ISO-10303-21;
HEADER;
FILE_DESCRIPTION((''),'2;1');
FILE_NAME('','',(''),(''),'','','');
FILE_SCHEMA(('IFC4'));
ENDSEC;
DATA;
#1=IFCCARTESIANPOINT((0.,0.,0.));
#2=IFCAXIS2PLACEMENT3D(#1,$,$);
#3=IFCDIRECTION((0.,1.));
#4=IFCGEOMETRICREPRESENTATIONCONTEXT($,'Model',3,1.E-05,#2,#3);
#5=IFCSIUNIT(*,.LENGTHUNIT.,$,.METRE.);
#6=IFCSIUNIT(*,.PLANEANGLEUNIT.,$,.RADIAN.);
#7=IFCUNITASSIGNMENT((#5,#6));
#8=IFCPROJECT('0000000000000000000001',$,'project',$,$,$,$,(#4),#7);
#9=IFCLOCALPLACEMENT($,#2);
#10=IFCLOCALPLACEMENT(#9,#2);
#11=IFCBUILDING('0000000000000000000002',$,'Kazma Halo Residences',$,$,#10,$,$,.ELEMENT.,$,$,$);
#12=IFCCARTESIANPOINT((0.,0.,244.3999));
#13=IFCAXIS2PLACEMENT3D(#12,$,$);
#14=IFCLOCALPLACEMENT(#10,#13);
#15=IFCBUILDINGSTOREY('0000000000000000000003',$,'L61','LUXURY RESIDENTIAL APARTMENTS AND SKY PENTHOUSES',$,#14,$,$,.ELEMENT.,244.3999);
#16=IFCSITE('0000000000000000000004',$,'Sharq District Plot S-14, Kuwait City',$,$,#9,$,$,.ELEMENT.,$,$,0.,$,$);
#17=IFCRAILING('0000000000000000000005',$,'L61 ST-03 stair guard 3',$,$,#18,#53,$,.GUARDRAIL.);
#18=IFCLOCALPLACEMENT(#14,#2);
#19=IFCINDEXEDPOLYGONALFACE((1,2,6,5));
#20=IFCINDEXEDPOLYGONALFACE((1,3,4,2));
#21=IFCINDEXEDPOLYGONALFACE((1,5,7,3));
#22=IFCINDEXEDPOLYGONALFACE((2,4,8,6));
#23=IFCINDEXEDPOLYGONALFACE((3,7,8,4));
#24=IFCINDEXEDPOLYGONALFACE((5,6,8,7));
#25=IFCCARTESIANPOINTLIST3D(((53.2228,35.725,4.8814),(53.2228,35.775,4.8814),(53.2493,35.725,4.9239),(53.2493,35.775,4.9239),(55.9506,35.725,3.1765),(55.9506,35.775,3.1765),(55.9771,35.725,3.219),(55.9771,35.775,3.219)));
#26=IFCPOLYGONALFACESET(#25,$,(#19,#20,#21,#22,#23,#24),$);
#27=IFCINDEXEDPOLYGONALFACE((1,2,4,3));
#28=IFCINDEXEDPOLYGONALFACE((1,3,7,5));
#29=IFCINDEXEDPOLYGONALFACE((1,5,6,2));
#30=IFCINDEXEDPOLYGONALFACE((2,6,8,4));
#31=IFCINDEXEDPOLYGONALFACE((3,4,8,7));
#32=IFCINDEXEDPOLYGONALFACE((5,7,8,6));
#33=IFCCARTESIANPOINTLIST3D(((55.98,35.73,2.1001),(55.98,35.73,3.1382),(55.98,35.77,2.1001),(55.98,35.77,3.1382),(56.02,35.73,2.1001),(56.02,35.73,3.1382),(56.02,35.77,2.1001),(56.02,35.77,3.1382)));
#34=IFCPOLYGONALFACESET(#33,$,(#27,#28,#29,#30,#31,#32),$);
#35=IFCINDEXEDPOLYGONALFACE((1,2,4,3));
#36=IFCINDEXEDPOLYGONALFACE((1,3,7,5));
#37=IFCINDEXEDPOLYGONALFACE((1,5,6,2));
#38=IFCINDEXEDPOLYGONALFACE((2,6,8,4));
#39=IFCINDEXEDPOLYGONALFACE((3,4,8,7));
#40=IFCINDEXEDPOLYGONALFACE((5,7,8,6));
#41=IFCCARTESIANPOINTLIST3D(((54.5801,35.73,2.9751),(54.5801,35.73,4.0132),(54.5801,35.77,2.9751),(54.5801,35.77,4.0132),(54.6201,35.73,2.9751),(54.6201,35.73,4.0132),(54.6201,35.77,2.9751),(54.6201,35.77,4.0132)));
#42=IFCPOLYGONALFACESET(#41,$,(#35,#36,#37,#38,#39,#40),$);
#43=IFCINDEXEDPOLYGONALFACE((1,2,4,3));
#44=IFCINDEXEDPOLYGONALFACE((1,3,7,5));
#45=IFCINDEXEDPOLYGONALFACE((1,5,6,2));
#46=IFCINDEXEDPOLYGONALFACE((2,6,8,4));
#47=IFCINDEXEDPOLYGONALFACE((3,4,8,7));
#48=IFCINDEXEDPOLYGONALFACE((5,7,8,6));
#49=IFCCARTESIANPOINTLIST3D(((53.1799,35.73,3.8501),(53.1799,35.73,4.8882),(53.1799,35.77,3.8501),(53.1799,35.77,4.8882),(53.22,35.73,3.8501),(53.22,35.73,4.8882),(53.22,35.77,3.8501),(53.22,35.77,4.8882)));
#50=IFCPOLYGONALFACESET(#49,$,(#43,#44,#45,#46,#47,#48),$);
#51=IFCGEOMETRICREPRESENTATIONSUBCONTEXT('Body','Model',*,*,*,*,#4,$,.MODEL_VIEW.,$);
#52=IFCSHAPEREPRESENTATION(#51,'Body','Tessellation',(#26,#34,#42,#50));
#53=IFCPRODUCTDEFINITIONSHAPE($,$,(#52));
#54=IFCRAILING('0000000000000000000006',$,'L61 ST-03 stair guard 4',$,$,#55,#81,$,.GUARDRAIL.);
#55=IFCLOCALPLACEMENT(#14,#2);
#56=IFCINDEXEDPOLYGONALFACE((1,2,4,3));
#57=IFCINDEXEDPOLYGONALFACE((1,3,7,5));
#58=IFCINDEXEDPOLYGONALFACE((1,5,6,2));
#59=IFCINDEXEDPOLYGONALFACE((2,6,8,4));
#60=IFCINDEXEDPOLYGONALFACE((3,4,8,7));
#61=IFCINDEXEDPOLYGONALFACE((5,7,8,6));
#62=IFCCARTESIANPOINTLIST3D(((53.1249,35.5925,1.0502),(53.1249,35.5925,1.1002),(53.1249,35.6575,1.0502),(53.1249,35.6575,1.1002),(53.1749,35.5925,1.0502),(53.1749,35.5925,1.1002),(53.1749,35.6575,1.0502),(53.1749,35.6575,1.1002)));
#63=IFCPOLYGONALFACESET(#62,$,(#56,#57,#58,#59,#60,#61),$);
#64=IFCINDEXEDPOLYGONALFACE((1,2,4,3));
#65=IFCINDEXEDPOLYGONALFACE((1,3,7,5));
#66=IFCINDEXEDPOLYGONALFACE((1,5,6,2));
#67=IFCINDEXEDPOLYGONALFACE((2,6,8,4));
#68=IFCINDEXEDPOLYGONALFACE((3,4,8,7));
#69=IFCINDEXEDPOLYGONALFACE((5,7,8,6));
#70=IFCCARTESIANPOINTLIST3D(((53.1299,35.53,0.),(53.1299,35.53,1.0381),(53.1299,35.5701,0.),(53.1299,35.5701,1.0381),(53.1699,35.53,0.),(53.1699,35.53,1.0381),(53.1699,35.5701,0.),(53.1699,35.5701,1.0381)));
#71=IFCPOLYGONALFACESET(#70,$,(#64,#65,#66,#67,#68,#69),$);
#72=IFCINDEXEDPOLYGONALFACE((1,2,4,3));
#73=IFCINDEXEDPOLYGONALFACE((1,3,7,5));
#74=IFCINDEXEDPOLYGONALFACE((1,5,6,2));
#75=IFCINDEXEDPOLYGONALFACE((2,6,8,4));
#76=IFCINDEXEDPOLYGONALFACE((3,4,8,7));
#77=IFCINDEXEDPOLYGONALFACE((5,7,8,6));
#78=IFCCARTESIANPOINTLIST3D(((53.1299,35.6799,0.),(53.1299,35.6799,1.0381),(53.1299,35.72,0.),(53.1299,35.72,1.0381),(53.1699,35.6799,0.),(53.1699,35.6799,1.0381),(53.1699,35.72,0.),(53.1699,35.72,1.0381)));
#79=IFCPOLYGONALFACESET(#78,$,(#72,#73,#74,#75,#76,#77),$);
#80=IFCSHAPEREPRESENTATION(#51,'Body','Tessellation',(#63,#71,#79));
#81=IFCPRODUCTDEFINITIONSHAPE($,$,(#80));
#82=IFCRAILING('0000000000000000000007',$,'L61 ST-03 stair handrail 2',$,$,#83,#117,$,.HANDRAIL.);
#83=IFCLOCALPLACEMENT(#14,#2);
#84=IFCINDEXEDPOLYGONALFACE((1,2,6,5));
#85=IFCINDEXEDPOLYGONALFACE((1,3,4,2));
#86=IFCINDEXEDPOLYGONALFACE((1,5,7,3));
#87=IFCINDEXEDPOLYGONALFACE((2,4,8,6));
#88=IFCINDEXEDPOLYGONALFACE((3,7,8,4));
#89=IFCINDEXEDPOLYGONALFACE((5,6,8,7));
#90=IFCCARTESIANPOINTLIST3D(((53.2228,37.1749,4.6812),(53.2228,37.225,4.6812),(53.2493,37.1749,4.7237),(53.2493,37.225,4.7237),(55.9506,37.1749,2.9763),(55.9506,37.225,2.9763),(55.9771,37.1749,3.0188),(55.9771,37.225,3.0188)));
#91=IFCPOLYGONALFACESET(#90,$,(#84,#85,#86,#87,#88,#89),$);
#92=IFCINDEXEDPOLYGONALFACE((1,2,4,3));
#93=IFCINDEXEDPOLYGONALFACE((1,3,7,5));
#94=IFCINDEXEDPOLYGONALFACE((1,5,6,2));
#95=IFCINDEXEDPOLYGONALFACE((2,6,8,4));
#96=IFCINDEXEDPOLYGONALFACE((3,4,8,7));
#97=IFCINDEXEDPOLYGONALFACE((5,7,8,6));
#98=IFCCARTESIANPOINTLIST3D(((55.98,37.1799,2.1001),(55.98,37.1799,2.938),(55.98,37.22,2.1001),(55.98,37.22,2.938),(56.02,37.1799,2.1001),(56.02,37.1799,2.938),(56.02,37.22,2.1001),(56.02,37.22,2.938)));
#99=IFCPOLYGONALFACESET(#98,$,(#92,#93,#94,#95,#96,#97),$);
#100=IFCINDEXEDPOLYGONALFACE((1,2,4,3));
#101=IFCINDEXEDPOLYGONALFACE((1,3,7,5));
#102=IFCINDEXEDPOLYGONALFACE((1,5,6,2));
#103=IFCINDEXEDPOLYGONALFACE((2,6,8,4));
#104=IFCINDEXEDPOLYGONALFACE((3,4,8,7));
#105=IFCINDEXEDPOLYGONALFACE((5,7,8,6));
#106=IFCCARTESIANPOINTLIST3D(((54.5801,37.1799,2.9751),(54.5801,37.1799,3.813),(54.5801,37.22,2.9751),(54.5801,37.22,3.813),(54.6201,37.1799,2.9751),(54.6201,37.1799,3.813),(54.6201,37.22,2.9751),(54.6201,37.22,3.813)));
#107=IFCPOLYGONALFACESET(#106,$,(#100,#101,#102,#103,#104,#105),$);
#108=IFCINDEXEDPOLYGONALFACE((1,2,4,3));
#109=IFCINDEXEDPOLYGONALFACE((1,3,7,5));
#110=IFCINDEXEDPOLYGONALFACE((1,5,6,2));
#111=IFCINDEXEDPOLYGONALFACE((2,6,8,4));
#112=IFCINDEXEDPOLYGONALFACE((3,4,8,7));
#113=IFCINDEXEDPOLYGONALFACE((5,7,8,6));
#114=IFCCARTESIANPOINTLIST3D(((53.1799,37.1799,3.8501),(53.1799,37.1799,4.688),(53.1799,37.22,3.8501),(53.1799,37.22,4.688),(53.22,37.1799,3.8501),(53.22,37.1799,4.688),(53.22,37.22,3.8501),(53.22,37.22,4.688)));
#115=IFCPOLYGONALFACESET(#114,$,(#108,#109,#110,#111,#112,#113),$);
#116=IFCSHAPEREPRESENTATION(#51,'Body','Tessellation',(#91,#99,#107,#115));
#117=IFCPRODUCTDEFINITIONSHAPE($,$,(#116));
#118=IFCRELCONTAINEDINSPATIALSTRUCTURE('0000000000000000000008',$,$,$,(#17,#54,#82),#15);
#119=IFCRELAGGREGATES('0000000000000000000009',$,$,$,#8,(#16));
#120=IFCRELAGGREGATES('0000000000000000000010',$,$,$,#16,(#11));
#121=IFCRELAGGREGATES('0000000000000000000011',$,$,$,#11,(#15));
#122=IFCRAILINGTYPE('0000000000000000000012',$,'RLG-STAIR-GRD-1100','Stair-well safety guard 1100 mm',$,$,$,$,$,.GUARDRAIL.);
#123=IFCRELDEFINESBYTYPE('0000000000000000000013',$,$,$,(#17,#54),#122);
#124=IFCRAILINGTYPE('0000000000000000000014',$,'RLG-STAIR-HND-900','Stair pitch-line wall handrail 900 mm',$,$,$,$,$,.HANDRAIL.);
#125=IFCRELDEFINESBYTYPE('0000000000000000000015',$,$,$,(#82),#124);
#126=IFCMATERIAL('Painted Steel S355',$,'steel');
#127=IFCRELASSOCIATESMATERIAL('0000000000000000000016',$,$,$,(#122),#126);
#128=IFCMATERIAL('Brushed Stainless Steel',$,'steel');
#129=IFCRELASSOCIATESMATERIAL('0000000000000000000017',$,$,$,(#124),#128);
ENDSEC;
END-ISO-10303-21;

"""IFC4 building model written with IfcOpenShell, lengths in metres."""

from ifc_helpers import new_model, si_unit, direction, frame, origin, origin_2d, place, context, subcontext, project, spatial, rectangle, extrude, material, type_object, element, save


model = new_model("IFC4")

# Units and contexts
model_context = context("Model", 3, precision=1e-05, world=origin(), true_north=direction((0.0, 1.0)))
body_context = subcontext(model_context, "Body", "Model", "MODEL_VIEW")
ifc_project = project(units=[si_unit("LENGTHUNIT", "METRE"), si_unit("PLANEANGLEUNIT", "RADIAN")], contexts=[model_context])

# Site, building, storey
site_placement = place(None, origin())
site = spatial("IfcSite", under=ifc_project, at=site_placement, Name="Sharq District Plot S-14, Kuwait City", CompositionType="ELEMENT", RefElevation=0.0)
building_placement = place(site_placement, origin())
building = spatial("IfcBuilding", under=site, at=building_placement, Name="Kazma Halo Residences", CompositionType="ELEMENT")
storey_placement = place(building_placement, frame((0.0, 0.0, 244.3999)))
storey = spatial("IfcBuildingStorey", under=building, at=storey_placement, Name="L61", Description="LUXURY RESIDENTIAL APARTMENTS AND SKY PENTHOUSES", CompositionType="ELEMENT", Elevation=244.3999)

# Railings
ifc_material_1 = material(Name="Painted Steel S355", Category="steel")
railing_type_1 = type_object("IfcRailingType", Name="RLG-STAIR-GRD-1100", Description="Stair-well safety guard 1100 mm", PredefinedType="GUARDRAIL", material=ifc_material_1)
railing_1_placement = place(storey_placement, frame((56.0, 35.75, 2.1001)))
element("IfcRailing", 1, at=railing_1_placement, inside=storey, type_object=railing_type_1, Name="L61 ST-03 stair guard 3", PredefinedType="GUARDRAIL", context=body_context, shape_type="SweptSolid", body=[
    extrude(rectangle(XDim=0.05, YDim=0.05, at=origin_2d()), frame((-0.0361, 0.0, 1.0977), z_axis=(-0.848002, 0.0, 0.529992), x_axis=(0.0, -1.0, 0.0)), (0.0, 0.0, 1.0), 3.2168),
    extrude(rectangle(XDim=0.04, YDim=0.04, at=origin_2d()), origin(), (0.0, 0.0, 1.0), 1.0381),
    extrude(rectangle(XDim=0.04, YDim=0.04, at=origin_2d()), frame((-1.3999, 0.0, 0.875)), (0.0, 0.0, 1.0), 1.0381),
    extrude(rectangle(XDim=0.04, YDim=0.04, at=origin_2d()), frame((-2.8, 0.0, 1.75)), (0.0, 0.0, 1.0), 1.0381),
])
railing_2_placement = place(storey_placement, frame((53.1499, 35.55, 0.0)))
element("IfcRailing", 2, at=railing_2_placement, inside=storey, type_object=railing_type_1, Name="L61 ST-03 stair guard 4", PredefinedType="GUARDRAIL", context=body_context, shape_type="SweptSolid", body=[
    extrude(rectangle(XDim=0.05, YDim=0.05, at=origin_2d()), frame((0.0, 0.0425, 1.0752), z_axis=(0.0, 1.0, 0.0), x_axis=(-1.0, 0.0, 0.0)), (0.0, 0.0, 1.0), 0.0649),
    extrude(rectangle(XDim=0.04, YDim=0.04, at=origin_2d()), origin(), (0.0, 0.0, 1.0), 1.0381),
    extrude(rectangle(XDim=0.04, YDim=0.04, at=origin_2d()), frame((0.0, 0.1499, 0.0)), (0.0, 0.0, 1.0), 1.0381),
])
ifc_material_2 = material(Name="Brushed Stainless Steel", Category="steel")
railing_type_2 = type_object("IfcRailingType", Name="RLG-STAIR-HND-900", Description="Stair pitch-line wall handrail 900 mm", PredefinedType="HANDRAIL", material=ifc_material_2)
railing_3_placement = place(storey_placement, frame((56.0, 37.2, 2.1001)))
element("IfcRailing", 3, at=railing_3_placement, inside=storey, type_object=railing_type_2, Name="L61 ST-03 stair handrail 2", PredefinedType="HANDRAIL", context=body_context, shape_type="SweptSolid", body=[
    extrude(rectangle(XDim=0.05, YDim=0.05, at=origin_2d()), frame((-0.0361, 0.0, 0.8975), z_axis=(-0.848002, 0.0, 0.529992), x_axis=(0.0, -1.0, 0.0)), (0.0, 0.0, 1.0), 3.2168),
    extrude(rectangle(XDim=0.04, YDim=0.04, at=origin_2d()), origin(), (0.0, 0.0, 1.0), 0.8379),
    extrude(rectangle(XDim=0.04, YDim=0.04, at=origin_2d()), frame((-1.3999, 0.0, 0.875)), (0.0, 0.0, 1.0), 0.8379),
    extrude(rectangle(XDim=0.04, YDim=0.04, at=origin_2d()), frame((-2.8, 0.0, 1.75)), (0.0, 0.0, 1.0), 0.8379),
])

save(model, "model.ifc")
